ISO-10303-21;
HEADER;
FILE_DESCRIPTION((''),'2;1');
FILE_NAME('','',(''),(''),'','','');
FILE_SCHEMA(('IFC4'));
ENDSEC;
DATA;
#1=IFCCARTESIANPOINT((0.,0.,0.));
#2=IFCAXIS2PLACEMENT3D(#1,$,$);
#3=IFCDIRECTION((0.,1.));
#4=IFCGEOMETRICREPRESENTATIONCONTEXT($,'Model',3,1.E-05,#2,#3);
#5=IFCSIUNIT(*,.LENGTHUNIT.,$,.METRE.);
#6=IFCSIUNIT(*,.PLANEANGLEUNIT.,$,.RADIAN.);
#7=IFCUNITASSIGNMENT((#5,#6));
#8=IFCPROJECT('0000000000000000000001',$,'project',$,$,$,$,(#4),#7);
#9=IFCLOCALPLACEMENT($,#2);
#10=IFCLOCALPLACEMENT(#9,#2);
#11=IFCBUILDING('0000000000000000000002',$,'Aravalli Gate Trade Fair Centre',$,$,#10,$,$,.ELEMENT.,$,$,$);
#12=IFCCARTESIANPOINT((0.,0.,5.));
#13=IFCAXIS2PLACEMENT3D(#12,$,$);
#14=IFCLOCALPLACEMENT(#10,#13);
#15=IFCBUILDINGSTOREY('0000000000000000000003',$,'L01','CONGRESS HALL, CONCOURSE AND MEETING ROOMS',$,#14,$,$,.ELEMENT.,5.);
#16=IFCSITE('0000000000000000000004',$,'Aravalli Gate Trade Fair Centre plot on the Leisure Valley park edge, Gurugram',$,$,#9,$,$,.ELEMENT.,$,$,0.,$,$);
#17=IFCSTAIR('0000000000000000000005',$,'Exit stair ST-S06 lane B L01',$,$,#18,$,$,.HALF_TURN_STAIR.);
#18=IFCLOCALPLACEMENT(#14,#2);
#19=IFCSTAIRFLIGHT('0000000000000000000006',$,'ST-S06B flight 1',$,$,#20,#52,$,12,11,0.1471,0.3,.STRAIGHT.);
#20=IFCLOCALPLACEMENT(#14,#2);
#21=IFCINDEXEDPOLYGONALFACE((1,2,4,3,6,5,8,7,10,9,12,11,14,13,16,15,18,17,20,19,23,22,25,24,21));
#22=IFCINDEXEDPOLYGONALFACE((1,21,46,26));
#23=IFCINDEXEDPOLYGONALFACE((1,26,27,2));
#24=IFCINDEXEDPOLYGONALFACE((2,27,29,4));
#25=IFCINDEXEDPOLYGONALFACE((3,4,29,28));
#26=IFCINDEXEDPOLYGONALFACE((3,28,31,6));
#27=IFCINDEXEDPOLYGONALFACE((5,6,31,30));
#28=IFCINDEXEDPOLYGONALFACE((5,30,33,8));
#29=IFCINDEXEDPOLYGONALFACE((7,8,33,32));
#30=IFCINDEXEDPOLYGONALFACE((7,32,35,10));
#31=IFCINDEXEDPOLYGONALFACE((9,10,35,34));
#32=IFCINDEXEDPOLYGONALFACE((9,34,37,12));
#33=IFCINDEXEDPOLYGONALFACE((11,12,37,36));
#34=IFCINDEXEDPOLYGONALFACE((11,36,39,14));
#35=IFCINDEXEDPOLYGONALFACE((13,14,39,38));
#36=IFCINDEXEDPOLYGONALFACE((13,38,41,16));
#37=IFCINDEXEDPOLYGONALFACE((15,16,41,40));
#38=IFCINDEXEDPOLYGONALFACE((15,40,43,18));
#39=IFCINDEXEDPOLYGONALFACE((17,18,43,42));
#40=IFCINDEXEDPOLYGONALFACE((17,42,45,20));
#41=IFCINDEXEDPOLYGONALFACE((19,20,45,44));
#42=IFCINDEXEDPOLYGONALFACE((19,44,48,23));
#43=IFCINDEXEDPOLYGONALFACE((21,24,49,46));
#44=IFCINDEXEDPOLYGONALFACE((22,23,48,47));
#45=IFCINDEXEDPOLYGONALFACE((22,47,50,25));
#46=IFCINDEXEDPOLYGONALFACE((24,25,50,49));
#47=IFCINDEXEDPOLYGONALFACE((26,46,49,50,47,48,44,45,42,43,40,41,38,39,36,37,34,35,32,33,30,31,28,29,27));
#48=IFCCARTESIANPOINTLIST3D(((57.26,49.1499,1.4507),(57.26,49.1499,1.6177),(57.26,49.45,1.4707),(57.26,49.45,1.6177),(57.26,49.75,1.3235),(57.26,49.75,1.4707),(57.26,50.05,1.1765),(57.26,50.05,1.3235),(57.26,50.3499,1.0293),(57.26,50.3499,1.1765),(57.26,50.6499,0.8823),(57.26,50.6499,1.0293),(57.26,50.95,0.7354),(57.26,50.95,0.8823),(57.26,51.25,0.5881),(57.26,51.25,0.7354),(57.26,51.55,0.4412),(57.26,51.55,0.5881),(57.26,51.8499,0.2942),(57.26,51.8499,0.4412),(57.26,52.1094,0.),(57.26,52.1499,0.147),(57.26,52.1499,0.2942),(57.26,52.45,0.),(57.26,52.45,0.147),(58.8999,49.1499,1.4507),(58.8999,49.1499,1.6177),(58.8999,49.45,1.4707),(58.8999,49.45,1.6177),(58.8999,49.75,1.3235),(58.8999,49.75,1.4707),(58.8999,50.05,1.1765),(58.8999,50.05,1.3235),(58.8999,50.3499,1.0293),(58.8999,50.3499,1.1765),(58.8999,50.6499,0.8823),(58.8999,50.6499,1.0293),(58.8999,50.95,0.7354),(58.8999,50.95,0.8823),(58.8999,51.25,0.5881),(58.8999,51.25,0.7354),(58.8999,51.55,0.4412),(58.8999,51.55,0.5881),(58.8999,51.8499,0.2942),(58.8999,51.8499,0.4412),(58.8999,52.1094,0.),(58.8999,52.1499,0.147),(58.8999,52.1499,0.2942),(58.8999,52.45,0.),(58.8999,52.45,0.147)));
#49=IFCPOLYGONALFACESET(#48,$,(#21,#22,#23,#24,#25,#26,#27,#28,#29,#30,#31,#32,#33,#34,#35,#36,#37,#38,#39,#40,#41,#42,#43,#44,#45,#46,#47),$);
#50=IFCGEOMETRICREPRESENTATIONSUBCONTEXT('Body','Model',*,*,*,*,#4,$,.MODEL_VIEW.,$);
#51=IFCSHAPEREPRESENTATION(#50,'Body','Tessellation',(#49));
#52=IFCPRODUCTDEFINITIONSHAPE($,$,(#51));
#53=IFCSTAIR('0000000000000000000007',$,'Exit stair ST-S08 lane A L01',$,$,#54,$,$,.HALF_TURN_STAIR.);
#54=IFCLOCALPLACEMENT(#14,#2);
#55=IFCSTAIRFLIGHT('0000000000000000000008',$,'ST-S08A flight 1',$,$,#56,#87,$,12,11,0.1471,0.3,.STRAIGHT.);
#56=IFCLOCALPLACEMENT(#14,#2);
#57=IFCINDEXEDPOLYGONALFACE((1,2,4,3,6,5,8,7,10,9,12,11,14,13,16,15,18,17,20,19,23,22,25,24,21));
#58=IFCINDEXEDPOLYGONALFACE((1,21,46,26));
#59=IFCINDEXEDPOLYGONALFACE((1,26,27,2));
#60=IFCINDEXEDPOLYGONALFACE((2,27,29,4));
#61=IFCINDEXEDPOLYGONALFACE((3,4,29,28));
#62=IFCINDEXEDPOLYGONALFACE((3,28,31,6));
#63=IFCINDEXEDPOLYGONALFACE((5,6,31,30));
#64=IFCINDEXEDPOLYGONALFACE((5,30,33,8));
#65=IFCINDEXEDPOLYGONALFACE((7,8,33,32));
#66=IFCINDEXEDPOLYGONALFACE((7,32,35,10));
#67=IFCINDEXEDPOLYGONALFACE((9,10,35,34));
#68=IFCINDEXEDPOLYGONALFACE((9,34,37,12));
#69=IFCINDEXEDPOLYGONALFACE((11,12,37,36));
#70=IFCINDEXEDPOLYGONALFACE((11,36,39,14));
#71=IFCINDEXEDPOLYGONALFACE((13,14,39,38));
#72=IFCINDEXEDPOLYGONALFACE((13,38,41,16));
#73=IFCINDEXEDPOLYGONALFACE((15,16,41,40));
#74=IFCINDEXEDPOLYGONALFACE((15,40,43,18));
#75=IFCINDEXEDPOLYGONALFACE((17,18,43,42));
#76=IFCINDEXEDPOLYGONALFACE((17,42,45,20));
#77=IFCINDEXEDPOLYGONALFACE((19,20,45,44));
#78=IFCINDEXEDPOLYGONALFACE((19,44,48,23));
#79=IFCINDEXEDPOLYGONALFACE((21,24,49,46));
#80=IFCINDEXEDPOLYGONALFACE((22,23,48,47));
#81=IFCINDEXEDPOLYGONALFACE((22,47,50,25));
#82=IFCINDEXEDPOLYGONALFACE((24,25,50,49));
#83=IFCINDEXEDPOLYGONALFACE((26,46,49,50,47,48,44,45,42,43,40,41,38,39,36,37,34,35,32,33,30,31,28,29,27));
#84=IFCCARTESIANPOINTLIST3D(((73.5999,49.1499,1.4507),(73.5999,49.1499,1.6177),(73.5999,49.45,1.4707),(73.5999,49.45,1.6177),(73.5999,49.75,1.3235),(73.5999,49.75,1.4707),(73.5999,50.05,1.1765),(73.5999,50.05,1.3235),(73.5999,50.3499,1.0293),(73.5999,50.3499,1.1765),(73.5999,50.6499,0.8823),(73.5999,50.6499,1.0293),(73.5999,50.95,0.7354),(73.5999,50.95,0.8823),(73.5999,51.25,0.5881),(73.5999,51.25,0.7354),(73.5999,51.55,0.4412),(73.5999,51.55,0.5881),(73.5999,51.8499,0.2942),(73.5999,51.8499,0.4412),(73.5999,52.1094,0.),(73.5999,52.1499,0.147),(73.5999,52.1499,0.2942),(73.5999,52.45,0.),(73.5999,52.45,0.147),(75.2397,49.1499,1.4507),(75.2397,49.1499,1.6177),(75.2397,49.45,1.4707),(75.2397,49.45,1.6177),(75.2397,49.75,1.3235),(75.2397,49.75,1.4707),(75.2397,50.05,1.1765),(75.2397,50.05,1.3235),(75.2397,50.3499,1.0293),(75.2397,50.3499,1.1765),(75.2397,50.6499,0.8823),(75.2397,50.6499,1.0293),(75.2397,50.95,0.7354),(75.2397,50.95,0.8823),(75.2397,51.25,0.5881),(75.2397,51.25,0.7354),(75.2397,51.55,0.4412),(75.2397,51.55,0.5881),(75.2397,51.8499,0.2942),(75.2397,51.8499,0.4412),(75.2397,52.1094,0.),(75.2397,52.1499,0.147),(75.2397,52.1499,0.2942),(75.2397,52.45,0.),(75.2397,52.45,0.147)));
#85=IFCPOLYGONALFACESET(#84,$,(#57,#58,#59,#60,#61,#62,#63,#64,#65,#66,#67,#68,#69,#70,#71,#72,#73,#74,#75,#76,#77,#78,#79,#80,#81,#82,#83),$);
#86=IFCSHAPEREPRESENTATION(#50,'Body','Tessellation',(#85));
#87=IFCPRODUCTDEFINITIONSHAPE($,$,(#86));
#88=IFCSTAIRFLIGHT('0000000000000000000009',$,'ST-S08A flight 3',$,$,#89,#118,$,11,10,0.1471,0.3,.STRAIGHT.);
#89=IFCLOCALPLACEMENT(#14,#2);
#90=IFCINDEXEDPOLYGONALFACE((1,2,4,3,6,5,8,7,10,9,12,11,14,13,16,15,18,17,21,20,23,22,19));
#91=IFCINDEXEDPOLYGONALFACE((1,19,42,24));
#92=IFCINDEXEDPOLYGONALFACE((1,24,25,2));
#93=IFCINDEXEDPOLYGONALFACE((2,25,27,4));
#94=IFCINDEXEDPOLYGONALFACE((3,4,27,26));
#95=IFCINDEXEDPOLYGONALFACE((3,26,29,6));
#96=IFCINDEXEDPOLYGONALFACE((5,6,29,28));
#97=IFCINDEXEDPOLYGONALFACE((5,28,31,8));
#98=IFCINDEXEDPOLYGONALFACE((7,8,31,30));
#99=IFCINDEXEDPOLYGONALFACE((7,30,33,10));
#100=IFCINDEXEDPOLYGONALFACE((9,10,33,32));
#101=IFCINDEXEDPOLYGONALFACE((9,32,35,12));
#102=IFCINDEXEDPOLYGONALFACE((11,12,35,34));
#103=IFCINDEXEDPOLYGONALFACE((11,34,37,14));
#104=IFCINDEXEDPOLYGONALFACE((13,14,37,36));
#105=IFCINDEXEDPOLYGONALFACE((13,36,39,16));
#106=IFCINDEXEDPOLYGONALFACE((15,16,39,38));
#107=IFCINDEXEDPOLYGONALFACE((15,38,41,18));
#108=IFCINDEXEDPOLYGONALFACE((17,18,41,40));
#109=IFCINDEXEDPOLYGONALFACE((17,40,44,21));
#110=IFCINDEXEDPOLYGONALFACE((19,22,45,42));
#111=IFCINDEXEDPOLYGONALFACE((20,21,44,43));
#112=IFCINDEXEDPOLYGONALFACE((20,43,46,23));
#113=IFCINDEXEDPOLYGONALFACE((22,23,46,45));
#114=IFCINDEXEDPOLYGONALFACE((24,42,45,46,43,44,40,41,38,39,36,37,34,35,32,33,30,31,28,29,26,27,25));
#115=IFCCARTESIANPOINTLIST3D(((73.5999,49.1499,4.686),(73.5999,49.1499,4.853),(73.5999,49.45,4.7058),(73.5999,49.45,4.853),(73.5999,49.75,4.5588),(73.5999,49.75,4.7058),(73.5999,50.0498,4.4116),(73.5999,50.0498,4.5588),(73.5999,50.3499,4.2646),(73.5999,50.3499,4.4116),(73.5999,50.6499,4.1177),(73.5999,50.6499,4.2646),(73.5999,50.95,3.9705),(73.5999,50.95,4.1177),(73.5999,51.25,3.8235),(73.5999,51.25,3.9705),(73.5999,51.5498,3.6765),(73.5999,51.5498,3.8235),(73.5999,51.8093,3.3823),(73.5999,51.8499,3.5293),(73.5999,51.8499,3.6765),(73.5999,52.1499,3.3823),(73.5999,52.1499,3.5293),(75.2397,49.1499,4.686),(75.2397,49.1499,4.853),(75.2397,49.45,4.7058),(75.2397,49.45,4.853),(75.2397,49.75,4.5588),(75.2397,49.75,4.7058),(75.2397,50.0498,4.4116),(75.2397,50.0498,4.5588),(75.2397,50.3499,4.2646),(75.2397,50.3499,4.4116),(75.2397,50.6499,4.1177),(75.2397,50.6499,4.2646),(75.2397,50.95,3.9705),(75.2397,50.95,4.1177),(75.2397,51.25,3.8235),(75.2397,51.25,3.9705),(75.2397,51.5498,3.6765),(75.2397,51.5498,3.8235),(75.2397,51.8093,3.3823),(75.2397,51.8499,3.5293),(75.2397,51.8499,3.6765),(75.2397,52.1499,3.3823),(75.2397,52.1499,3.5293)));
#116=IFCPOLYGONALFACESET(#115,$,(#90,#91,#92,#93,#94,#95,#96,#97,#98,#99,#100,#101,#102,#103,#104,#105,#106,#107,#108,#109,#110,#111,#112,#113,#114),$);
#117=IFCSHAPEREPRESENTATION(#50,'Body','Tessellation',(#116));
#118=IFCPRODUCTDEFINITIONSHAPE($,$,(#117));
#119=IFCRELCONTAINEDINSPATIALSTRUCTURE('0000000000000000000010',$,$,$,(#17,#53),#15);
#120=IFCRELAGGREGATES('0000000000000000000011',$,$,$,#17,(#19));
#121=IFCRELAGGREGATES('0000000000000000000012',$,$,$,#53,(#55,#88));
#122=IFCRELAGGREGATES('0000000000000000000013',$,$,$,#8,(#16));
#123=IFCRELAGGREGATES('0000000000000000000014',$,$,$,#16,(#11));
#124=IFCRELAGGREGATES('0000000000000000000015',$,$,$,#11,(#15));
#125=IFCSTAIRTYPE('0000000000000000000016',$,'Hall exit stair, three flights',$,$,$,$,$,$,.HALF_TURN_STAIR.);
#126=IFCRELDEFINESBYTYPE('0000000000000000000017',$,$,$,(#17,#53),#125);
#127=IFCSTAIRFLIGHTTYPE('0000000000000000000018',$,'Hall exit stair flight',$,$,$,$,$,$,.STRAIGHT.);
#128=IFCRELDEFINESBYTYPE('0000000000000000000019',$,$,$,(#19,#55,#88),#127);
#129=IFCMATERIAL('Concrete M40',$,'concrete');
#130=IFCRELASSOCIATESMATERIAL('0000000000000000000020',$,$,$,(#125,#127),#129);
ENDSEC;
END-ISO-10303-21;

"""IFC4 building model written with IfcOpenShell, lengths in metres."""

from ifc_helpers import new_model, si_unit, direction, frame, origin, place, context, subcontext, project, spatial, polyline, outline, extrude, material, type_object, element, aggregate, save


model = new_model("IFC4")

# Units and contexts
model_context = context("Model", 3, precision=1e-05, world=origin(), true_north=direction((0.0, 1.0)))
body_context = subcontext(model_context, "Body", "Model", "MODEL_VIEW")
ifc_project = project(units=[si_unit("LENGTHUNIT", "METRE"), si_unit("PLANEANGLEUNIT", "RADIAN")], contexts=[model_context])

# Site, building, storey
site_placement = place(None, origin())
site = spatial("IfcSite", under=ifc_project, at=site_placement, Name="Aravalli Gate Trade Fair Centre plot on the Leisure Valley park edge, Gurugram", CompositionType="ELEMENT", RefElevation=0.0)
building_placement = place(site_placement, origin())
building = spatial("IfcBuilding", under=site, at=building_placement, Name="Aravalli Gate Trade Fair Centre", CompositionType="ELEMENT")
storey_placement = place(building_placement, frame((0.0, 0.0, 5.0)))
storey = spatial("IfcBuildingStorey", under=building, at=storey_placement, Name="L01", Description="CONGRESS HALL, CONCOURSE AND MEETING ROOMS", CompositionType="ELEMENT", Elevation=5.0)

# Shared definitions
ifc_material_1 = material(Name="Concrete M40", Category="concrete")

# Stair, stair flight
stair_type = type_object("IfcStairType", Name="Hall exit stair, three flights", PredefinedType="HALF_TURN_STAIR", material=ifc_material_1)
stair_flight_type = type_object("IfcStairFlightType", Name="Hall exit stair flight", PredefinedType="STRAIGHT", material=ifc_material_1)
stair_1_placement = place(storey_placement, origin())
stair_1 = element("IfcStair", 1, at=stair_1_placement, inside=storey, type_object=stair_type, Name="Exit stair ST-S06 lane B L01", PredefinedType="HALF_TURN_STAIR")
stair_flight_1_placement = place(storey_placement, frame((58.0801, 52.45, 0.0), z_axis=(0.0, 0.0, 1.0), x_axis=(0.0, -1.0, 0.0)))
stair_flight_1 = element("IfcStairFlight", 2, at=stair_flight_1_placement, type_object=stair_flight_type, Name="ST-S06B flight 1", NumberOfRisers=12, NumberOfTreads=11, PredefinedType="STRAIGHT", RiserHeight=0.1471, TreadLength=0.3, context=body_context, shape_type="SweptSolid", body=[
    extrude(outline(polyline([(0.0, 0.0), (0.0, 0.147), (0.3, 0.147), (0.3, 0.2942), (0.6001, 0.2942), (0.6001, 0.4412), (0.8999, 0.4412), (0.8999, 0.5881), (1.2, 0.5881), (1.2, 0.7354), (1.5, 0.7354), (1.5, 0.8823), (1.8, 0.8823), (1.8, 1.0293), (2.1001, 1.0293), (2.1001, 1.1765), (2.3999, 1.1765), (2.3999, 1.3235), (2.7, 1.3235), (2.7, 1.4707), (3.0, 1.4707), (3.0, 1.6177), (3.3, 1.6177), (3.3, 1.7646), (3.3, 1.4507), (0.3406, 0.0), (0.0, 0.0)])), frame((0.0, 0.8198, 0.0), z_axis=(0.0, -1.0, 0.0), x_axis=(1.0, 0.0, 0.0)), (0.0, 0.0, 1.0), 1.6399),
])
aggregate(stair_1, [stair_flight_1])

# Stair, stair flights
stair_2_placement = place(storey_placement, origin())
stair_2 = element("IfcStair", 3, at=stair_2_placement, inside=storey, type_object=stair_type, Name="Exit stair ST-S08 lane A L01", PredefinedType="HALF_TURN_STAIR")
stair_flight_2_placement = place(storey_placement, frame((74.4199, 52.45, 0.0), z_axis=(0.0, 0.0, 1.0), x_axis=(0.0, -1.0, 0.0)))
stair_flight_2 = element("IfcStairFlight", 4, at=stair_flight_2_placement, type_object=stair_flight_type, Name="ST-S08A flight 1", NumberOfRisers=12, NumberOfTreads=11, PredefinedType="STRAIGHT", RiserHeight=0.1471, TreadLength=0.3, context=body_context, shape_type="SweptSolid", body=[
    extrude(outline(polyline([(0.0, 0.0), (0.0, 0.147), (0.3, 0.147), (0.3, 0.2942), (0.6001, 0.2942), (0.6001, 0.4412), (0.8999, 0.4412), (0.8999, 0.5881), (1.2, 0.5881), (1.2, 0.7354), (1.5, 0.7354), (1.5, 0.8823), (1.8, 0.8823), (1.8, 1.0293), (2.1001, 1.0293), (2.1001, 1.1765), (2.3999, 1.1765), (2.3999, 1.3235), (2.7, 1.3235), (2.7, 1.4707), (3.0, 1.4707), (3.0, 1.6177), (3.3, 1.6177), (3.3, 1.7646), (3.3, 1.4507), (0.3406, 0.0), (0.0, 0.0)])), frame((0.0, 0.8198, 0.0), z_axis=(0.0, -1.0, 0.0), x_axis=(1.0, 0.0, 0.0)), (0.0, 0.0, 1.0), 1.6399),
])
stair_flight_3_placement = place(storey_placement, frame((74.4199, 52.1499, 3.3823), z_axis=(0.0, 0.0, 1.0), x_axis=(0.0, -1.0, 0.0)))
stair_flight_3 = element("IfcStairFlight", 5, at=stair_flight_3_placement, type_object=stair_flight_type, Name="ST-S08A flight 3", NumberOfRisers=11, NumberOfTreads=10, PredefinedType="STRAIGHT", RiserHeight=0.1471, TreadLength=0.3, context=body_context, shape_type="SweptSolid", body=[
    extrude(outline(polyline([(0.0, 0.0), (0.0, 0.147), (0.3, 0.147), (0.3, 0.2942), (0.6001, 0.2942), (0.6001, 0.4412), (0.8999, 0.4412), (0.8999, 0.5881), (1.2, 0.5881), (1.2, 0.7354), (1.5, 0.7354), (1.5, 0.8823), (1.8, 0.8823), (1.8, 1.0293), (2.1001, 1.0293), (2.1001, 1.1765), (2.3999, 1.1765), (2.3999, 1.3235), (2.7, 1.3235), (2.7, 1.4707), (3.0, 1.4707), (3.0, 1.6177), (3.0, 1.3037), (0.3406, 0.0), (0.0, 0.0)])), frame((0.0, 0.8198, 0.0), z_axis=(0.0, -1.0, 0.0), x_axis=(1.0, 0.0, 0.0)), (0.0, 0.0, 1.0), 1.6399),
])
aggregate(stair_2, [stair_flight_2, stair_flight_3])

save(model, "model.ifc")
